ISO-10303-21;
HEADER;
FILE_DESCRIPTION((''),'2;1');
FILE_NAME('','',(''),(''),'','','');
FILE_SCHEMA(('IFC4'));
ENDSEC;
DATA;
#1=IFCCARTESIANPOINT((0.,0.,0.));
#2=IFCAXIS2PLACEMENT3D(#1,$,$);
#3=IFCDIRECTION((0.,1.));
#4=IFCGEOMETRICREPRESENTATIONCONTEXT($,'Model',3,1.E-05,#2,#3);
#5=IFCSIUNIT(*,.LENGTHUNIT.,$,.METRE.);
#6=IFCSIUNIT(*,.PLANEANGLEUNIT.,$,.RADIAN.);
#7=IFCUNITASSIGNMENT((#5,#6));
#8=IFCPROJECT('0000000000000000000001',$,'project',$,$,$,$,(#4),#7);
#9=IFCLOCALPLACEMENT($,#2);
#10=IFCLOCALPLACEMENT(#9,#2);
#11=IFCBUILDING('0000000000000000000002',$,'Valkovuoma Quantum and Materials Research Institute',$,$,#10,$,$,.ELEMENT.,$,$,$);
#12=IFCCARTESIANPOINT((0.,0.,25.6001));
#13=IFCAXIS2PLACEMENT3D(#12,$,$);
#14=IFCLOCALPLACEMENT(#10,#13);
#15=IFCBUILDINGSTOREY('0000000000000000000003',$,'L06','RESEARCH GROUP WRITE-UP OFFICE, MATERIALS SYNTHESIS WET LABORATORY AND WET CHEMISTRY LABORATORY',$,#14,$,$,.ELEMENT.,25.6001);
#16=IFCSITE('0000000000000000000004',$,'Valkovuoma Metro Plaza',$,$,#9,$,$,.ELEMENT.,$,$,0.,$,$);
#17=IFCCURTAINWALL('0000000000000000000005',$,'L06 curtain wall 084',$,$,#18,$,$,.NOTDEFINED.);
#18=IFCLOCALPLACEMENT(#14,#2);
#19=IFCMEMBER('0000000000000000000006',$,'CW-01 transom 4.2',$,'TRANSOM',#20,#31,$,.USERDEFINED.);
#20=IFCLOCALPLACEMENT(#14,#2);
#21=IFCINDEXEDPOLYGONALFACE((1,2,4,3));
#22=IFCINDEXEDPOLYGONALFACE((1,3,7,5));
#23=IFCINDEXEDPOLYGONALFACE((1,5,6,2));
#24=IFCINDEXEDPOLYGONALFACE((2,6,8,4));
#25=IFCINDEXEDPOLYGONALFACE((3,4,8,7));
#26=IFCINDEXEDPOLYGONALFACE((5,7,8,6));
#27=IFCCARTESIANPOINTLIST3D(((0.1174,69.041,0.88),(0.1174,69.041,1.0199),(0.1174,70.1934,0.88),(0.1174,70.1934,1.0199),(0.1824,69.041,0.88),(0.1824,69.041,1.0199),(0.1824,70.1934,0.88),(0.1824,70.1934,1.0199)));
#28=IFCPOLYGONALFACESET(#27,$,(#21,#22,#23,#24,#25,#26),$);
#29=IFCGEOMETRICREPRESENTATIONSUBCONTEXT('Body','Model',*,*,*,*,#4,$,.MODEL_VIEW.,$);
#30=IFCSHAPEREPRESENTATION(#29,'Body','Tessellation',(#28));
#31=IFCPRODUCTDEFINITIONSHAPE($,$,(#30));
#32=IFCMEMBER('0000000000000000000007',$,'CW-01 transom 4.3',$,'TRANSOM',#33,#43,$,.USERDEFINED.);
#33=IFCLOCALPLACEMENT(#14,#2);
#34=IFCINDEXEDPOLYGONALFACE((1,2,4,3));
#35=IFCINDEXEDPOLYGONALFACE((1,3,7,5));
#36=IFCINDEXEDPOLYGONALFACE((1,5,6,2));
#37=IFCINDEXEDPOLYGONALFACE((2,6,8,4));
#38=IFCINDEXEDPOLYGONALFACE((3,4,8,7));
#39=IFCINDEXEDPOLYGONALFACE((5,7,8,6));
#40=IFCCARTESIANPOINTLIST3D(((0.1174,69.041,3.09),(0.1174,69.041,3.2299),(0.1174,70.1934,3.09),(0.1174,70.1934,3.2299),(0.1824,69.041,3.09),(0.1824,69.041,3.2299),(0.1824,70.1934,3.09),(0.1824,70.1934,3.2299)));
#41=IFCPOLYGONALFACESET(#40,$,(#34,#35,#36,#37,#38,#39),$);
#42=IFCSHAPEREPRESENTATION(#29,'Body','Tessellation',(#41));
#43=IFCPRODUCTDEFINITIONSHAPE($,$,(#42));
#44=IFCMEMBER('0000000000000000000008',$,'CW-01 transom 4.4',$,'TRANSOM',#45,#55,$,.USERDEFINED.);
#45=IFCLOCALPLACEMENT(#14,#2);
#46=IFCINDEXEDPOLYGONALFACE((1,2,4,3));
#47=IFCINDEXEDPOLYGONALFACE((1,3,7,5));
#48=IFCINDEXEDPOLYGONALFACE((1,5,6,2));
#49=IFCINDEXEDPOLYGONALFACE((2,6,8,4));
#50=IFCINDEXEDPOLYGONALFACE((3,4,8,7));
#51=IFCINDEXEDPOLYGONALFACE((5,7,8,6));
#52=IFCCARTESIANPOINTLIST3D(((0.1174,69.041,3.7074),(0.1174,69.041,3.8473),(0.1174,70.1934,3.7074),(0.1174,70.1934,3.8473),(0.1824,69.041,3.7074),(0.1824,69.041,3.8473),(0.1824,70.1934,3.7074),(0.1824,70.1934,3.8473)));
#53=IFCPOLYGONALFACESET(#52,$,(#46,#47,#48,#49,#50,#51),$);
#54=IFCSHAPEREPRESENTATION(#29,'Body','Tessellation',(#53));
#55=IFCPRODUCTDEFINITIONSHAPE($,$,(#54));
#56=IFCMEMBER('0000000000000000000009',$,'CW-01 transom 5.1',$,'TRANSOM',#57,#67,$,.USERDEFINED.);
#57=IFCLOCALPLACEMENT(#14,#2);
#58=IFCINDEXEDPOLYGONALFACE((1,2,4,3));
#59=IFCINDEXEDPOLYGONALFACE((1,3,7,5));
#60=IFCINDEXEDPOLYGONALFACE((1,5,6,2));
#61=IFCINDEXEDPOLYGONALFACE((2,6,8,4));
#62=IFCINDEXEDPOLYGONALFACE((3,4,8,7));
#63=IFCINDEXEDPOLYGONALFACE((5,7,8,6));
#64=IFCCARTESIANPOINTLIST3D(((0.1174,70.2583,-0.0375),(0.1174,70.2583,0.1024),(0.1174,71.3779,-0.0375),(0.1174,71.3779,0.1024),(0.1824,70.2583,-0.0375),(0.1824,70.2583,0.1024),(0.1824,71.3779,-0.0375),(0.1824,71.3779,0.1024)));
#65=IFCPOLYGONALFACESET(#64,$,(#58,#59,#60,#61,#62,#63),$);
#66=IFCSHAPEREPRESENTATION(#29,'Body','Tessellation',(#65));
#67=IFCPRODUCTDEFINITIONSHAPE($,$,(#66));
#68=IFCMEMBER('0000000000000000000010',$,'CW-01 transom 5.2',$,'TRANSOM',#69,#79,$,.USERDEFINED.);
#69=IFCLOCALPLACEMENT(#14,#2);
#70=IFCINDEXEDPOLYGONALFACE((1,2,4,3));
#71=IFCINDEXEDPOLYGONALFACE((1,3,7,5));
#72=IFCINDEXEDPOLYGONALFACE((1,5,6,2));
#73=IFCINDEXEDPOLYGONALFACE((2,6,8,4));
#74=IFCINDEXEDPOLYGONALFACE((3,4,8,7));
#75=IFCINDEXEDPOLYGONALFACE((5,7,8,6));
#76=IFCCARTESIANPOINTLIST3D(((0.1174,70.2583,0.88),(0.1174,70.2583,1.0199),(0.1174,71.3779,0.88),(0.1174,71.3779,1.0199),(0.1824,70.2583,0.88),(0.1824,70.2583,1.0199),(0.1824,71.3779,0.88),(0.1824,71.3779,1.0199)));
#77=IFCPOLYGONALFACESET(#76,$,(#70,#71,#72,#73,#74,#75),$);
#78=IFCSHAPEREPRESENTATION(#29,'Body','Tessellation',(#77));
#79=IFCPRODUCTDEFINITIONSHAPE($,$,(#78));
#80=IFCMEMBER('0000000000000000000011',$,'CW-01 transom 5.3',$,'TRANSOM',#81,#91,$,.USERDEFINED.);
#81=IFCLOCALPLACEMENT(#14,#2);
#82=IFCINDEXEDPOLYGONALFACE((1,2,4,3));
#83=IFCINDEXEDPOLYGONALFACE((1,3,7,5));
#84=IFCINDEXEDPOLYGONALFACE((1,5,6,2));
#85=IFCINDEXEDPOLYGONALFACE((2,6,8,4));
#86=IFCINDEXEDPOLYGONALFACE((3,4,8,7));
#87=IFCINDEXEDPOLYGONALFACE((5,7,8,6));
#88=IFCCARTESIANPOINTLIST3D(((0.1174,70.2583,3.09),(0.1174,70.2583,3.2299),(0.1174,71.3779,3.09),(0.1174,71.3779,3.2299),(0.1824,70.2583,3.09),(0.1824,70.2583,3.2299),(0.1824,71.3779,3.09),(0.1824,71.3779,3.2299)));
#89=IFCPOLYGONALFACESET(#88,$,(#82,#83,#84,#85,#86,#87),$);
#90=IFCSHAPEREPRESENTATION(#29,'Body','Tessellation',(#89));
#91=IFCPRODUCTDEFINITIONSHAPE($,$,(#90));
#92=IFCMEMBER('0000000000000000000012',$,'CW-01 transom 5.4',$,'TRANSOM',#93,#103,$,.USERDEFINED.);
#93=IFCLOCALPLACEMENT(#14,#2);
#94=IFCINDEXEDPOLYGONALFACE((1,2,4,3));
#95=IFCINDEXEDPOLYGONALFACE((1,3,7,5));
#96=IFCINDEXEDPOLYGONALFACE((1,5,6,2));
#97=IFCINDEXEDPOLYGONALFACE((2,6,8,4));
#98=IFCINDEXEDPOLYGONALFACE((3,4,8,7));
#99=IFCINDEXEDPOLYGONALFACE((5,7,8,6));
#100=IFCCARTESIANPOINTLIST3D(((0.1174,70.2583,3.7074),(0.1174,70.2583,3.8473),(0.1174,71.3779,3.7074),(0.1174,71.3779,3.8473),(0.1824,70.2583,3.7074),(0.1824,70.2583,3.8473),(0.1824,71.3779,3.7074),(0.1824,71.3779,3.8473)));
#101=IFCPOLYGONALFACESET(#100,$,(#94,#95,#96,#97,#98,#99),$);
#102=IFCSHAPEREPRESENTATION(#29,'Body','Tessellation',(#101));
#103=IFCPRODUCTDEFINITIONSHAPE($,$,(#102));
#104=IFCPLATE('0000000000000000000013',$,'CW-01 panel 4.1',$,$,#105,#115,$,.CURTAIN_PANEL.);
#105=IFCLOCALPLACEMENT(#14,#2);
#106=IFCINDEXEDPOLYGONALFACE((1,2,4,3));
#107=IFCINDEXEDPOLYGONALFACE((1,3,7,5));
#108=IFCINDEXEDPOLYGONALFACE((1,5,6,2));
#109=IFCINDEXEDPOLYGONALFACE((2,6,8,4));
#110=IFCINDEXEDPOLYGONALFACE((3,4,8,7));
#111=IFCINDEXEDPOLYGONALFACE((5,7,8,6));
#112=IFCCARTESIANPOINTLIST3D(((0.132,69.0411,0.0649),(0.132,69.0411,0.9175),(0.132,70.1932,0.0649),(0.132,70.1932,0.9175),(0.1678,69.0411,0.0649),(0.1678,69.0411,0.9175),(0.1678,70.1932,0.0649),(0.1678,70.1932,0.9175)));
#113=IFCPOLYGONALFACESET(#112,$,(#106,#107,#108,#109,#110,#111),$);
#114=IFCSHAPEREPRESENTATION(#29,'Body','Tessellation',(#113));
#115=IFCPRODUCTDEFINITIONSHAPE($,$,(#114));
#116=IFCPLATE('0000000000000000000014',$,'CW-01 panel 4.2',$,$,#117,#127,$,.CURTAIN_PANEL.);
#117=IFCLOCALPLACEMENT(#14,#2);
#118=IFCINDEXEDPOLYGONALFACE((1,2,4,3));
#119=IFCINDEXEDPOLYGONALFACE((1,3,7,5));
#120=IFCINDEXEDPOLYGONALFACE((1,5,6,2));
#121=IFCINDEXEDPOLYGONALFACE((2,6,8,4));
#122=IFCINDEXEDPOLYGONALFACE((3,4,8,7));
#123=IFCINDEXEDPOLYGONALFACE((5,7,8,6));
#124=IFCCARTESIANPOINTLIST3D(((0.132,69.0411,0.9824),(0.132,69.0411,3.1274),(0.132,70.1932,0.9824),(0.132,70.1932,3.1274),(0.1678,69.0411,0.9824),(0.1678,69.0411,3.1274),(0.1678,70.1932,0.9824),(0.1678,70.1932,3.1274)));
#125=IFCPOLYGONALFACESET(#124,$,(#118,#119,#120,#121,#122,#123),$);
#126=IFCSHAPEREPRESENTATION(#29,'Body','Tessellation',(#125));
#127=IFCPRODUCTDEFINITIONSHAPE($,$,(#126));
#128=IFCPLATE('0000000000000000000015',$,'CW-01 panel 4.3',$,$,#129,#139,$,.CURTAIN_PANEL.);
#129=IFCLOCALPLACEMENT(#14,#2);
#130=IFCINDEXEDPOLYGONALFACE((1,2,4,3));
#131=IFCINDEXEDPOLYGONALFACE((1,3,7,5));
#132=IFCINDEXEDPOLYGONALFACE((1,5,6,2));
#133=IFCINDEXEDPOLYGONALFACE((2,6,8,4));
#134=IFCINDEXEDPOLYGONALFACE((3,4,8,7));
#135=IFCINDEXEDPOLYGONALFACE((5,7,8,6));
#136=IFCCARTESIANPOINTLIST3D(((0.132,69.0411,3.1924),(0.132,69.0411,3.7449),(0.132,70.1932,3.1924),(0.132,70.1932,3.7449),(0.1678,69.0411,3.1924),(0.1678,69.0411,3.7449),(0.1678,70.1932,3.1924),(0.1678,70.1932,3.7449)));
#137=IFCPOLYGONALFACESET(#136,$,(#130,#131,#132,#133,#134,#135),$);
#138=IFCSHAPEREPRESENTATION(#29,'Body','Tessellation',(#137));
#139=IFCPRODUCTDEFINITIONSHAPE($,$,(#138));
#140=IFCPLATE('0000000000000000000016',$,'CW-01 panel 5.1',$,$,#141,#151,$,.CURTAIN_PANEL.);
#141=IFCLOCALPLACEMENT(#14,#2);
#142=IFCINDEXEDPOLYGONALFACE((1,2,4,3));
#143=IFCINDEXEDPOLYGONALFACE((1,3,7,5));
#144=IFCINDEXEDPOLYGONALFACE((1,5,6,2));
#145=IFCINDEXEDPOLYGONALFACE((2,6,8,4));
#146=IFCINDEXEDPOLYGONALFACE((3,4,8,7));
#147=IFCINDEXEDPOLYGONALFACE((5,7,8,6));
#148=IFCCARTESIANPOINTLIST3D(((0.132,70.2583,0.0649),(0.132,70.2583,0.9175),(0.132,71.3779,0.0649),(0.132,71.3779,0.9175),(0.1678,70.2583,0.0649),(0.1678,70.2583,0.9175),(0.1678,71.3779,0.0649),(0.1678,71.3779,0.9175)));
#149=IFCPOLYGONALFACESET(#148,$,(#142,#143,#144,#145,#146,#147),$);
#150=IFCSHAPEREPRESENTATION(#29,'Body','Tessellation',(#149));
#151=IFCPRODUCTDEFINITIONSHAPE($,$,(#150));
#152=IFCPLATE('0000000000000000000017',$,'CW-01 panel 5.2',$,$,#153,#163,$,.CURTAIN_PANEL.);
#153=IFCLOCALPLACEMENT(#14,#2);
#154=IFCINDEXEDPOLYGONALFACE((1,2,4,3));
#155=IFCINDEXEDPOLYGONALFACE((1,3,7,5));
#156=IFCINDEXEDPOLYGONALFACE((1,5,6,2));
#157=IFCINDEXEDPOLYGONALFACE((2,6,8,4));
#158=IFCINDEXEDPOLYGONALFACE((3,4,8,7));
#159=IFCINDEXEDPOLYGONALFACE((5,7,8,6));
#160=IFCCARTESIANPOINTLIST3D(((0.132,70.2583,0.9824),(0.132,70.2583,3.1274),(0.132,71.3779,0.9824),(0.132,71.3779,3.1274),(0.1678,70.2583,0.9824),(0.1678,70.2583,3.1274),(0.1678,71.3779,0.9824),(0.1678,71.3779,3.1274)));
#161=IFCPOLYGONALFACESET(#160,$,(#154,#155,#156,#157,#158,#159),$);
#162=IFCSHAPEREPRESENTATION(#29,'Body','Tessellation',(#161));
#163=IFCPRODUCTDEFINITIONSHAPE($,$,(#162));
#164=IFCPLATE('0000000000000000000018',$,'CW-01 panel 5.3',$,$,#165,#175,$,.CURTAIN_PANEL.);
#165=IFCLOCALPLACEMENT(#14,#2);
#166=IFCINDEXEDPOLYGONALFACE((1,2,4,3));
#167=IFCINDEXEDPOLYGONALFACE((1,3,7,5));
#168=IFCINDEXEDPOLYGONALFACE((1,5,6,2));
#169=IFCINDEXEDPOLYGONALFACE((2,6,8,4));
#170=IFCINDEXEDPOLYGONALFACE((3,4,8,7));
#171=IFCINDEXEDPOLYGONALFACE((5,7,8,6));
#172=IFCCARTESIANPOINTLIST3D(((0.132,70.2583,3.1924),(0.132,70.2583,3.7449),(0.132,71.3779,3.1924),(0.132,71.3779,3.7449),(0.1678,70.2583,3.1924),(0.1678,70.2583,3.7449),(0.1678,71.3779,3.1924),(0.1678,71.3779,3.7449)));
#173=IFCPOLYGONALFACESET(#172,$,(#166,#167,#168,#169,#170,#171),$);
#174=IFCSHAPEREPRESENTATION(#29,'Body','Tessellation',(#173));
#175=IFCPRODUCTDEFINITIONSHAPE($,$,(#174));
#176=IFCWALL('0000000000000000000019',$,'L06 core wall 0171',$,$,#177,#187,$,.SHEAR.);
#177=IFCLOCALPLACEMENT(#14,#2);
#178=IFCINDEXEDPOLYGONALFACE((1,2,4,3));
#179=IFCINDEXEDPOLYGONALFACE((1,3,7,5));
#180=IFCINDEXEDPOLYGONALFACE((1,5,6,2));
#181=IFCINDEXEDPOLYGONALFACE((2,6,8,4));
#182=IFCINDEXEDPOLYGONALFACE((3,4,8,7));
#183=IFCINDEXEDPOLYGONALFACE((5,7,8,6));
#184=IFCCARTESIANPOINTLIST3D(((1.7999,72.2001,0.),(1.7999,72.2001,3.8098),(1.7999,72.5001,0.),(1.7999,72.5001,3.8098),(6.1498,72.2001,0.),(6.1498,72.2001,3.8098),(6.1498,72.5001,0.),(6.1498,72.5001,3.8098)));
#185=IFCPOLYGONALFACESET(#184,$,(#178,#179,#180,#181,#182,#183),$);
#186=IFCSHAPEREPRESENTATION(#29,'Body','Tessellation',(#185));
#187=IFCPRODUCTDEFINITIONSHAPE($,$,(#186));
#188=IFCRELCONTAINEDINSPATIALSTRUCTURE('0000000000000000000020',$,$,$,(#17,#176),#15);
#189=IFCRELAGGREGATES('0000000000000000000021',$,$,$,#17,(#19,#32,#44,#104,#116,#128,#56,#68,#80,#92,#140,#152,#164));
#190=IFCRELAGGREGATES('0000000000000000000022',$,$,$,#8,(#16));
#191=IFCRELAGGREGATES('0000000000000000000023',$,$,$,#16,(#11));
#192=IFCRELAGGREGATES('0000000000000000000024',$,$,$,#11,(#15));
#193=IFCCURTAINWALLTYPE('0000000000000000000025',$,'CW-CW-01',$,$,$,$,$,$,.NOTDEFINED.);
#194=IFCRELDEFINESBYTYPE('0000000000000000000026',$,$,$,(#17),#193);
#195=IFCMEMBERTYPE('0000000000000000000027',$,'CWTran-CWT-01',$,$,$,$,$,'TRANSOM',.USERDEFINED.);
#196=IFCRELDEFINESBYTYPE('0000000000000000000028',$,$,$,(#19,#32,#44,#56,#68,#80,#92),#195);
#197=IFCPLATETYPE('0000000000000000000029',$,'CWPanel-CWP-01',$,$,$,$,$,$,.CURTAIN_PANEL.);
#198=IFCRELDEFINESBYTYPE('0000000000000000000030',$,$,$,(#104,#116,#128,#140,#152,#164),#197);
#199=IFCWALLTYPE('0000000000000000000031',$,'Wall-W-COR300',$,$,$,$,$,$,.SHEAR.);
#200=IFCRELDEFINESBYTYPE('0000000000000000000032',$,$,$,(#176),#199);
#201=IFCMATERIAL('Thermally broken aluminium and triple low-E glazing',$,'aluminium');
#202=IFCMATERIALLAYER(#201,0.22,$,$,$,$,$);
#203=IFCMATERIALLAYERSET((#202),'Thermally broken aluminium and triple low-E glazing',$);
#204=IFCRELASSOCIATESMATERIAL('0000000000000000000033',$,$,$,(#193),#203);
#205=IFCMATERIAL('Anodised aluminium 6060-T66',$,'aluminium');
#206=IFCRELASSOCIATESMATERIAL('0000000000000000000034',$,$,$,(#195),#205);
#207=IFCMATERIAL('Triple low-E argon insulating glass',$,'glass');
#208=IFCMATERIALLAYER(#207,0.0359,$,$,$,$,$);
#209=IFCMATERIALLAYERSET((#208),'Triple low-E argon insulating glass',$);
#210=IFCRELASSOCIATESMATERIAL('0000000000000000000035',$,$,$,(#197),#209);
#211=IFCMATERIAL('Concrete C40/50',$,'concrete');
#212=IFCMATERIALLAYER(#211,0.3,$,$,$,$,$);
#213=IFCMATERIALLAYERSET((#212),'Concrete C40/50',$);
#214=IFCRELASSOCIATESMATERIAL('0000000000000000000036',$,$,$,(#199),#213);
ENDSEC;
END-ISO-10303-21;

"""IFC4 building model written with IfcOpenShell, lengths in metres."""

from ifc_helpers import new_model, si_unit, direction, frame, frame_2d, origin, origin_2d, place, context, subcontext, project, spatial, rectangle, extrude, material, layer, layer_set, material_profile, profile_set, type_object, element, aggregate, save


model = new_model("IFC4")

# Units and contexts
model_context = context("Model", 3, precision=1e-05, world=origin(), true_north=direction((0.0, 1.0)))
body_context = subcontext(model_context, "Body", "Model", "MODEL_VIEW")
ifc_project = project(units=[si_unit("LENGTHUNIT", "METRE"), si_unit("PLANEANGLEUNIT", "RADIAN")], contexts=[model_context])

# Site, building, storey
site_placement = place(None, origin())
site = spatial("IfcSite", under=ifc_project, at=site_placement, Name="Valkovuoma Metro Plaza", CompositionType="ELEMENT", RefElevation=0.0)
building_placement = place(site_placement, origin())
building = spatial("IfcBuilding", under=site, at=building_placement, Name="Valkovuoma Quantum and Materials Research Institute", CompositionType="ELEMENT")
storey_placement = place(building_placement, frame((0.0, 0.0, 25.6001)))
storey = spatial("IfcBuildingStorey", under=building, at=storey_placement, Name="L06", Description="RESEARCH GROUP WRITE-UP OFFICE, MATERIALS SYNTHESIS WET LABORATORY AND WET CHEMISTRY LABORATORY", CompositionType="ELEMENT", Elevation=25.6001)

# Curtain wall, members, plates
ifc_material_1 = material(Name="Thermally broken aluminium and triple low-E glazing", Category="aluminium")
ifc_layer_1 = layer(ifc_material_1, 0.22)
ifc_layer_set_1 = layer_set([ifc_layer_1], Name="Thermally broken aluminium and triple low-E glazing")
curtain_wall_type = type_object("IfcCurtainWallType", Name="CW-CW-01", PredefinedType="NOTDEFINED", material=ifc_layer_set_1)
curtain_wall_placement = place(storey_placement, origin())
curtain_wall = element("IfcCurtainWall", 1, at=curtain_wall_placement, inside=storey, type_object=curtain_wall_type, Name="L06 curtain wall 084", PredefinedType="NOTDEFINED")
ifc_material_2 = material(Name="Anodised aluminium 6060-T66", Category="aluminium")
ifc_material_profile_1 = material_profile(ifc_material_2, rectangle(XDim=0.0649, YDim=0.1399, at=origin_2d()), Name="Anodised aluminium 6060-T66")
ifc_profile_set_1 = profile_set([ifc_material_profile_1], Name="Anodised aluminium 6060-T66")
member_type_1 = type_object("IfcMemberType", Name="CWTran-CWT-01", ElementType="TRANSOM", PredefinedType="USERDEFINED", material=ifc_profile_set_1)
member_1_placement = place(storey_placement, frame((0.1499, 69.041, 0.95), z_axis=(0.0, 1.0, 0.0), x_axis=(-1.0, 0.0, 0.0)))
member_1 = element("IfcMember", 2, at=member_1_placement, type_object=member_type_1, Name="CW-01 transom 4.2", ObjectType="TRANSOM", PredefinedType="USERDEFINED", context=body_context, shape_type="SweptSolid", body=[
    extrude(rectangle(XDim=0.0649, YDim=0.1399, at=origin_2d()), origin(), (0.0, 0.0, 1.0), 1.1523),
])
member_2_placement = place(storey_placement, frame((0.1499, 69.041, 3.1599), z_axis=(0.0, 1.0, 0.0), x_axis=(-1.0, 0.0, 0.0)))
member_2 = element("IfcMember", 3, at=member_2_placement, type_object=member_type_1, Name="CW-01 transom 4.3", ObjectType="TRANSOM", PredefinedType="USERDEFINED", context=body_context, shape_type="SweptSolid", body=[
    extrude(rectangle(XDim=0.0649, YDim=0.1399, at=origin_2d()), origin(), (0.0, 0.0, 1.0), 1.1523),
])
member_3_placement = place(storey_placement, frame((0.1499, 69.041, 3.7773), z_axis=(0.0, 1.0, 0.0), x_axis=(-1.0, 0.0, 0.0)))
member_3 = element("IfcMember", 4, at=member_3_placement, type_object=member_type_1, Name="CW-01 transom 4.4", ObjectType="TRANSOM", PredefinedType="USERDEFINED", context=body_context, shape_type="SweptSolid", body=[
    extrude(rectangle(XDim=0.0649, YDim=0.1399, at=origin_2d()), origin(), (0.0, 0.0, 1.0), 1.1523),
])
member_4_placement = place(storey_placement, frame((0.1499, 70.2583, 0.0325), z_axis=(0.0, 1.0, 0.0), x_axis=(-1.0, 0.0, 0.0)))
member_4 = element("IfcMember", 5, at=member_4_placement, type_object=member_type_1, Name="CW-01 transom 5.1", ObjectType="TRANSOM", PredefinedType="USERDEFINED", context=body_context, shape_type="SweptSolid", body=[
    extrude(rectangle(XDim=0.0649, YDim=0.1399, at=origin_2d()), origin(), (0.0, 0.0, 1.0), 1.1196),
])
member_5_placement = place(storey_placement, frame((0.1499, 70.2583, 0.95), z_axis=(0.0, 1.0, 0.0), x_axis=(-1.0, 0.0, 0.0)))
member_5 = element("IfcMember", 6, at=member_5_placement, type_object=member_type_1, Name="CW-01 transom 5.2", ObjectType="TRANSOM", PredefinedType="USERDEFINED", context=body_context, shape_type="SweptSolid", body=[
    extrude(rectangle(XDim=0.0649, YDim=0.1399, at=origin_2d()), origin(), (0.0, 0.0, 1.0), 1.1196),
])
member_6_placement = place(storey_placement, frame((0.1499, 70.2583, 3.1599), z_axis=(0.0, 1.0, 0.0), x_axis=(-1.0, 0.0, 0.0)))
member_6 = element("IfcMember", 7, at=member_6_placement, type_object=member_type_1, Name="CW-01 transom 5.3", ObjectType="TRANSOM", PredefinedType="USERDEFINED", context=body_context, shape_type="SweptSolid", body=[
    extrude(rectangle(XDim=0.0649, YDim=0.1399, at=origin_2d()), origin(), (0.0, 0.0, 1.0), 1.1196),
])
member_7_placement = place(storey_placement, frame((0.1499, 70.2583, 3.7773), z_axis=(0.0, 1.0, 0.0), x_axis=(-1.0, 0.0, 0.0)))
member_7 = element("IfcMember", 8, at=member_7_placement, type_object=member_type_1, Name="CW-01 transom 5.4", ObjectType="TRANSOM", PredefinedType="USERDEFINED", context=body_context, shape_type="SweptSolid", body=[
    extrude(rectangle(XDim=0.0649, YDim=0.1399, at=origin_2d()), origin(), (0.0, 0.0, 1.0), 1.1196),
])
ifc_material_3 = material(Name="Triple low-E argon insulating glass", Category="glass")
ifc_layer_2 = layer(ifc_material_3, 0.0359)
ifc_layer_set_2 = layer_set([ifc_layer_2], Name="Triple low-E argon insulating glass")
plate_type = type_object("IfcPlateType", Name="CWPanel-CWP-01", PredefinedType="CURTAIN_PANEL", material=ifc_layer_set_2)
plate_1_placement = place(storey_placement, frame((0.1499, 69.6172, 0.0649), z_axis=(0.0, 0.0, 1.0), x_axis=(0.0, 1.0, 0.0)))
plate_1 = element("IfcPlate", 9, at=plate_1_placement, type_object=plate_type, Name="CW-01 panel 4.1", PredefinedType="CURTAIN_PANEL", context=body_context, shape_type="SweptSolid", body=[
    extrude(rectangle(XDim=1.1521, YDim=0.0359, at=origin_2d()), origin(), (0.0, 0.0, 1.0), 0.8525),
])
plate_2_placement = place(storey_placement, frame((0.1499, 69.6172, 0.9824), z_axis=(0.0, 0.0, 1.0), x_axis=(0.0, 1.0, 0.0)))
plate_2 = element("IfcPlate", 10, at=plate_2_placement, type_object=plate_type, Name="CW-01 panel 4.2", PredefinedType="CURTAIN_PANEL", context=body_context, shape_type="SweptSolid", body=[
    extrude(rectangle(XDim=1.1521, YDim=0.0359, at=origin_2d()), origin(), (0.0, 0.0, 1.0), 2.145),
])
plate_3_placement = place(storey_placement, frame((0.1499, 69.6172, 3.1924), z_axis=(0.0, 0.0, 1.0), x_axis=(0.0, 1.0, 0.0)))
plate_3 = element("IfcPlate", 11, at=plate_3_placement, type_object=plate_type, Name="CW-01 panel 4.3", PredefinedType="CURTAIN_PANEL", context=body_context, shape_type="SweptSolid", body=[
    extrude(rectangle(XDim=1.1521, YDim=0.0359, at=origin_2d()), origin(), (0.0, 0.0, 1.0), 0.5525),
])
plate_4_placement = place(storey_placement, frame((0.1499, 70.8181, 0.0649), z_axis=(0.0, 0.0, 1.0), x_axis=(0.0, 1.0, 0.0)))
plate_4 = element("IfcPlate", 12, at=plate_4_placement, type_object=plate_type, Name="CW-01 panel 5.1", PredefinedType="CURTAIN_PANEL", context=body_context, shape_type="SweptSolid", body=[
    extrude(rectangle(XDim=1.1196, YDim=0.0359, at=origin_2d()), origin(), (0.0, 0.0, 1.0), 0.8525),
])
plate_5_placement = place(storey_placement, frame((0.1499, 70.8181, 0.9824), z_axis=(0.0, 0.0, 1.0), x_axis=(0.0, 1.0, 0.0)))
plate_5 = element("IfcPlate", 13, at=plate_5_placement, type_object=plate_type, Name="CW-01 panel 5.2", PredefinedType="CURTAIN_PANEL", context=body_context, shape_type="SweptSolid", body=[
    extrude(rectangle(XDim=1.1196, YDim=0.0359, at=origin_2d()), origin(), (0.0, 0.0, 1.0), 2.145),
])
plate_6_placement = place(storey_placement, frame((0.1499, 70.8181, 3.1924), z_axis=(0.0, 0.0, 1.0), x_axis=(0.0, 1.0, 0.0)))
plate_6 = element("IfcPlate", 14, at=plate_6_placement, type_object=plate_type, Name="CW-01 panel 5.3", PredefinedType="CURTAIN_PANEL", context=body_context, shape_type="SweptSolid", body=[
    extrude(rectangle(XDim=1.1196, YDim=0.0359, at=origin_2d()), origin(), (0.0, 0.0, 1.0), 0.5525),
])
aggregate(curtain_wall, [member_1, member_2, member_3, plate_1, plate_2, plate_3, member_4, member_5, member_6, member_7, plate_4, plate_5, plate_6])

# Wall
ifc_material_4 = material(Name="Concrete C40/50", Category="concrete")
ifc_layer_3 = layer(ifc_material_4, 0.3)
ifc_layer_set_3 = layer_set([ifc_layer_3], Name="Concrete C40/50")
wall_type_1 = type_object("IfcWallType", Name="Wall-W-COR300", PredefinedType="SHEAR", material=ifc_layer_set_3)
wall_1_placement = place(storey_placement, frame((1.8, 72.3501, 0.0), z_axis=(0.0, 0.0, 1.0), x_axis=(1.0, 0.0, 0.0)))
element("IfcWall", 15, at=wall_1_placement, inside=storey, type_object=wall_type_1, Name="L06 core wall 0171", PredefinedType="SHEAR", context=body_context, shape_type="SweptSolid", body=[
    extrude(rectangle(XDim=4.3499, YDim=0.3, at=frame_2d((2.1748, 0.0))), origin(), (0.0, 0.0, 1.0), 3.8098),
])

save(model, "model.ifc")
